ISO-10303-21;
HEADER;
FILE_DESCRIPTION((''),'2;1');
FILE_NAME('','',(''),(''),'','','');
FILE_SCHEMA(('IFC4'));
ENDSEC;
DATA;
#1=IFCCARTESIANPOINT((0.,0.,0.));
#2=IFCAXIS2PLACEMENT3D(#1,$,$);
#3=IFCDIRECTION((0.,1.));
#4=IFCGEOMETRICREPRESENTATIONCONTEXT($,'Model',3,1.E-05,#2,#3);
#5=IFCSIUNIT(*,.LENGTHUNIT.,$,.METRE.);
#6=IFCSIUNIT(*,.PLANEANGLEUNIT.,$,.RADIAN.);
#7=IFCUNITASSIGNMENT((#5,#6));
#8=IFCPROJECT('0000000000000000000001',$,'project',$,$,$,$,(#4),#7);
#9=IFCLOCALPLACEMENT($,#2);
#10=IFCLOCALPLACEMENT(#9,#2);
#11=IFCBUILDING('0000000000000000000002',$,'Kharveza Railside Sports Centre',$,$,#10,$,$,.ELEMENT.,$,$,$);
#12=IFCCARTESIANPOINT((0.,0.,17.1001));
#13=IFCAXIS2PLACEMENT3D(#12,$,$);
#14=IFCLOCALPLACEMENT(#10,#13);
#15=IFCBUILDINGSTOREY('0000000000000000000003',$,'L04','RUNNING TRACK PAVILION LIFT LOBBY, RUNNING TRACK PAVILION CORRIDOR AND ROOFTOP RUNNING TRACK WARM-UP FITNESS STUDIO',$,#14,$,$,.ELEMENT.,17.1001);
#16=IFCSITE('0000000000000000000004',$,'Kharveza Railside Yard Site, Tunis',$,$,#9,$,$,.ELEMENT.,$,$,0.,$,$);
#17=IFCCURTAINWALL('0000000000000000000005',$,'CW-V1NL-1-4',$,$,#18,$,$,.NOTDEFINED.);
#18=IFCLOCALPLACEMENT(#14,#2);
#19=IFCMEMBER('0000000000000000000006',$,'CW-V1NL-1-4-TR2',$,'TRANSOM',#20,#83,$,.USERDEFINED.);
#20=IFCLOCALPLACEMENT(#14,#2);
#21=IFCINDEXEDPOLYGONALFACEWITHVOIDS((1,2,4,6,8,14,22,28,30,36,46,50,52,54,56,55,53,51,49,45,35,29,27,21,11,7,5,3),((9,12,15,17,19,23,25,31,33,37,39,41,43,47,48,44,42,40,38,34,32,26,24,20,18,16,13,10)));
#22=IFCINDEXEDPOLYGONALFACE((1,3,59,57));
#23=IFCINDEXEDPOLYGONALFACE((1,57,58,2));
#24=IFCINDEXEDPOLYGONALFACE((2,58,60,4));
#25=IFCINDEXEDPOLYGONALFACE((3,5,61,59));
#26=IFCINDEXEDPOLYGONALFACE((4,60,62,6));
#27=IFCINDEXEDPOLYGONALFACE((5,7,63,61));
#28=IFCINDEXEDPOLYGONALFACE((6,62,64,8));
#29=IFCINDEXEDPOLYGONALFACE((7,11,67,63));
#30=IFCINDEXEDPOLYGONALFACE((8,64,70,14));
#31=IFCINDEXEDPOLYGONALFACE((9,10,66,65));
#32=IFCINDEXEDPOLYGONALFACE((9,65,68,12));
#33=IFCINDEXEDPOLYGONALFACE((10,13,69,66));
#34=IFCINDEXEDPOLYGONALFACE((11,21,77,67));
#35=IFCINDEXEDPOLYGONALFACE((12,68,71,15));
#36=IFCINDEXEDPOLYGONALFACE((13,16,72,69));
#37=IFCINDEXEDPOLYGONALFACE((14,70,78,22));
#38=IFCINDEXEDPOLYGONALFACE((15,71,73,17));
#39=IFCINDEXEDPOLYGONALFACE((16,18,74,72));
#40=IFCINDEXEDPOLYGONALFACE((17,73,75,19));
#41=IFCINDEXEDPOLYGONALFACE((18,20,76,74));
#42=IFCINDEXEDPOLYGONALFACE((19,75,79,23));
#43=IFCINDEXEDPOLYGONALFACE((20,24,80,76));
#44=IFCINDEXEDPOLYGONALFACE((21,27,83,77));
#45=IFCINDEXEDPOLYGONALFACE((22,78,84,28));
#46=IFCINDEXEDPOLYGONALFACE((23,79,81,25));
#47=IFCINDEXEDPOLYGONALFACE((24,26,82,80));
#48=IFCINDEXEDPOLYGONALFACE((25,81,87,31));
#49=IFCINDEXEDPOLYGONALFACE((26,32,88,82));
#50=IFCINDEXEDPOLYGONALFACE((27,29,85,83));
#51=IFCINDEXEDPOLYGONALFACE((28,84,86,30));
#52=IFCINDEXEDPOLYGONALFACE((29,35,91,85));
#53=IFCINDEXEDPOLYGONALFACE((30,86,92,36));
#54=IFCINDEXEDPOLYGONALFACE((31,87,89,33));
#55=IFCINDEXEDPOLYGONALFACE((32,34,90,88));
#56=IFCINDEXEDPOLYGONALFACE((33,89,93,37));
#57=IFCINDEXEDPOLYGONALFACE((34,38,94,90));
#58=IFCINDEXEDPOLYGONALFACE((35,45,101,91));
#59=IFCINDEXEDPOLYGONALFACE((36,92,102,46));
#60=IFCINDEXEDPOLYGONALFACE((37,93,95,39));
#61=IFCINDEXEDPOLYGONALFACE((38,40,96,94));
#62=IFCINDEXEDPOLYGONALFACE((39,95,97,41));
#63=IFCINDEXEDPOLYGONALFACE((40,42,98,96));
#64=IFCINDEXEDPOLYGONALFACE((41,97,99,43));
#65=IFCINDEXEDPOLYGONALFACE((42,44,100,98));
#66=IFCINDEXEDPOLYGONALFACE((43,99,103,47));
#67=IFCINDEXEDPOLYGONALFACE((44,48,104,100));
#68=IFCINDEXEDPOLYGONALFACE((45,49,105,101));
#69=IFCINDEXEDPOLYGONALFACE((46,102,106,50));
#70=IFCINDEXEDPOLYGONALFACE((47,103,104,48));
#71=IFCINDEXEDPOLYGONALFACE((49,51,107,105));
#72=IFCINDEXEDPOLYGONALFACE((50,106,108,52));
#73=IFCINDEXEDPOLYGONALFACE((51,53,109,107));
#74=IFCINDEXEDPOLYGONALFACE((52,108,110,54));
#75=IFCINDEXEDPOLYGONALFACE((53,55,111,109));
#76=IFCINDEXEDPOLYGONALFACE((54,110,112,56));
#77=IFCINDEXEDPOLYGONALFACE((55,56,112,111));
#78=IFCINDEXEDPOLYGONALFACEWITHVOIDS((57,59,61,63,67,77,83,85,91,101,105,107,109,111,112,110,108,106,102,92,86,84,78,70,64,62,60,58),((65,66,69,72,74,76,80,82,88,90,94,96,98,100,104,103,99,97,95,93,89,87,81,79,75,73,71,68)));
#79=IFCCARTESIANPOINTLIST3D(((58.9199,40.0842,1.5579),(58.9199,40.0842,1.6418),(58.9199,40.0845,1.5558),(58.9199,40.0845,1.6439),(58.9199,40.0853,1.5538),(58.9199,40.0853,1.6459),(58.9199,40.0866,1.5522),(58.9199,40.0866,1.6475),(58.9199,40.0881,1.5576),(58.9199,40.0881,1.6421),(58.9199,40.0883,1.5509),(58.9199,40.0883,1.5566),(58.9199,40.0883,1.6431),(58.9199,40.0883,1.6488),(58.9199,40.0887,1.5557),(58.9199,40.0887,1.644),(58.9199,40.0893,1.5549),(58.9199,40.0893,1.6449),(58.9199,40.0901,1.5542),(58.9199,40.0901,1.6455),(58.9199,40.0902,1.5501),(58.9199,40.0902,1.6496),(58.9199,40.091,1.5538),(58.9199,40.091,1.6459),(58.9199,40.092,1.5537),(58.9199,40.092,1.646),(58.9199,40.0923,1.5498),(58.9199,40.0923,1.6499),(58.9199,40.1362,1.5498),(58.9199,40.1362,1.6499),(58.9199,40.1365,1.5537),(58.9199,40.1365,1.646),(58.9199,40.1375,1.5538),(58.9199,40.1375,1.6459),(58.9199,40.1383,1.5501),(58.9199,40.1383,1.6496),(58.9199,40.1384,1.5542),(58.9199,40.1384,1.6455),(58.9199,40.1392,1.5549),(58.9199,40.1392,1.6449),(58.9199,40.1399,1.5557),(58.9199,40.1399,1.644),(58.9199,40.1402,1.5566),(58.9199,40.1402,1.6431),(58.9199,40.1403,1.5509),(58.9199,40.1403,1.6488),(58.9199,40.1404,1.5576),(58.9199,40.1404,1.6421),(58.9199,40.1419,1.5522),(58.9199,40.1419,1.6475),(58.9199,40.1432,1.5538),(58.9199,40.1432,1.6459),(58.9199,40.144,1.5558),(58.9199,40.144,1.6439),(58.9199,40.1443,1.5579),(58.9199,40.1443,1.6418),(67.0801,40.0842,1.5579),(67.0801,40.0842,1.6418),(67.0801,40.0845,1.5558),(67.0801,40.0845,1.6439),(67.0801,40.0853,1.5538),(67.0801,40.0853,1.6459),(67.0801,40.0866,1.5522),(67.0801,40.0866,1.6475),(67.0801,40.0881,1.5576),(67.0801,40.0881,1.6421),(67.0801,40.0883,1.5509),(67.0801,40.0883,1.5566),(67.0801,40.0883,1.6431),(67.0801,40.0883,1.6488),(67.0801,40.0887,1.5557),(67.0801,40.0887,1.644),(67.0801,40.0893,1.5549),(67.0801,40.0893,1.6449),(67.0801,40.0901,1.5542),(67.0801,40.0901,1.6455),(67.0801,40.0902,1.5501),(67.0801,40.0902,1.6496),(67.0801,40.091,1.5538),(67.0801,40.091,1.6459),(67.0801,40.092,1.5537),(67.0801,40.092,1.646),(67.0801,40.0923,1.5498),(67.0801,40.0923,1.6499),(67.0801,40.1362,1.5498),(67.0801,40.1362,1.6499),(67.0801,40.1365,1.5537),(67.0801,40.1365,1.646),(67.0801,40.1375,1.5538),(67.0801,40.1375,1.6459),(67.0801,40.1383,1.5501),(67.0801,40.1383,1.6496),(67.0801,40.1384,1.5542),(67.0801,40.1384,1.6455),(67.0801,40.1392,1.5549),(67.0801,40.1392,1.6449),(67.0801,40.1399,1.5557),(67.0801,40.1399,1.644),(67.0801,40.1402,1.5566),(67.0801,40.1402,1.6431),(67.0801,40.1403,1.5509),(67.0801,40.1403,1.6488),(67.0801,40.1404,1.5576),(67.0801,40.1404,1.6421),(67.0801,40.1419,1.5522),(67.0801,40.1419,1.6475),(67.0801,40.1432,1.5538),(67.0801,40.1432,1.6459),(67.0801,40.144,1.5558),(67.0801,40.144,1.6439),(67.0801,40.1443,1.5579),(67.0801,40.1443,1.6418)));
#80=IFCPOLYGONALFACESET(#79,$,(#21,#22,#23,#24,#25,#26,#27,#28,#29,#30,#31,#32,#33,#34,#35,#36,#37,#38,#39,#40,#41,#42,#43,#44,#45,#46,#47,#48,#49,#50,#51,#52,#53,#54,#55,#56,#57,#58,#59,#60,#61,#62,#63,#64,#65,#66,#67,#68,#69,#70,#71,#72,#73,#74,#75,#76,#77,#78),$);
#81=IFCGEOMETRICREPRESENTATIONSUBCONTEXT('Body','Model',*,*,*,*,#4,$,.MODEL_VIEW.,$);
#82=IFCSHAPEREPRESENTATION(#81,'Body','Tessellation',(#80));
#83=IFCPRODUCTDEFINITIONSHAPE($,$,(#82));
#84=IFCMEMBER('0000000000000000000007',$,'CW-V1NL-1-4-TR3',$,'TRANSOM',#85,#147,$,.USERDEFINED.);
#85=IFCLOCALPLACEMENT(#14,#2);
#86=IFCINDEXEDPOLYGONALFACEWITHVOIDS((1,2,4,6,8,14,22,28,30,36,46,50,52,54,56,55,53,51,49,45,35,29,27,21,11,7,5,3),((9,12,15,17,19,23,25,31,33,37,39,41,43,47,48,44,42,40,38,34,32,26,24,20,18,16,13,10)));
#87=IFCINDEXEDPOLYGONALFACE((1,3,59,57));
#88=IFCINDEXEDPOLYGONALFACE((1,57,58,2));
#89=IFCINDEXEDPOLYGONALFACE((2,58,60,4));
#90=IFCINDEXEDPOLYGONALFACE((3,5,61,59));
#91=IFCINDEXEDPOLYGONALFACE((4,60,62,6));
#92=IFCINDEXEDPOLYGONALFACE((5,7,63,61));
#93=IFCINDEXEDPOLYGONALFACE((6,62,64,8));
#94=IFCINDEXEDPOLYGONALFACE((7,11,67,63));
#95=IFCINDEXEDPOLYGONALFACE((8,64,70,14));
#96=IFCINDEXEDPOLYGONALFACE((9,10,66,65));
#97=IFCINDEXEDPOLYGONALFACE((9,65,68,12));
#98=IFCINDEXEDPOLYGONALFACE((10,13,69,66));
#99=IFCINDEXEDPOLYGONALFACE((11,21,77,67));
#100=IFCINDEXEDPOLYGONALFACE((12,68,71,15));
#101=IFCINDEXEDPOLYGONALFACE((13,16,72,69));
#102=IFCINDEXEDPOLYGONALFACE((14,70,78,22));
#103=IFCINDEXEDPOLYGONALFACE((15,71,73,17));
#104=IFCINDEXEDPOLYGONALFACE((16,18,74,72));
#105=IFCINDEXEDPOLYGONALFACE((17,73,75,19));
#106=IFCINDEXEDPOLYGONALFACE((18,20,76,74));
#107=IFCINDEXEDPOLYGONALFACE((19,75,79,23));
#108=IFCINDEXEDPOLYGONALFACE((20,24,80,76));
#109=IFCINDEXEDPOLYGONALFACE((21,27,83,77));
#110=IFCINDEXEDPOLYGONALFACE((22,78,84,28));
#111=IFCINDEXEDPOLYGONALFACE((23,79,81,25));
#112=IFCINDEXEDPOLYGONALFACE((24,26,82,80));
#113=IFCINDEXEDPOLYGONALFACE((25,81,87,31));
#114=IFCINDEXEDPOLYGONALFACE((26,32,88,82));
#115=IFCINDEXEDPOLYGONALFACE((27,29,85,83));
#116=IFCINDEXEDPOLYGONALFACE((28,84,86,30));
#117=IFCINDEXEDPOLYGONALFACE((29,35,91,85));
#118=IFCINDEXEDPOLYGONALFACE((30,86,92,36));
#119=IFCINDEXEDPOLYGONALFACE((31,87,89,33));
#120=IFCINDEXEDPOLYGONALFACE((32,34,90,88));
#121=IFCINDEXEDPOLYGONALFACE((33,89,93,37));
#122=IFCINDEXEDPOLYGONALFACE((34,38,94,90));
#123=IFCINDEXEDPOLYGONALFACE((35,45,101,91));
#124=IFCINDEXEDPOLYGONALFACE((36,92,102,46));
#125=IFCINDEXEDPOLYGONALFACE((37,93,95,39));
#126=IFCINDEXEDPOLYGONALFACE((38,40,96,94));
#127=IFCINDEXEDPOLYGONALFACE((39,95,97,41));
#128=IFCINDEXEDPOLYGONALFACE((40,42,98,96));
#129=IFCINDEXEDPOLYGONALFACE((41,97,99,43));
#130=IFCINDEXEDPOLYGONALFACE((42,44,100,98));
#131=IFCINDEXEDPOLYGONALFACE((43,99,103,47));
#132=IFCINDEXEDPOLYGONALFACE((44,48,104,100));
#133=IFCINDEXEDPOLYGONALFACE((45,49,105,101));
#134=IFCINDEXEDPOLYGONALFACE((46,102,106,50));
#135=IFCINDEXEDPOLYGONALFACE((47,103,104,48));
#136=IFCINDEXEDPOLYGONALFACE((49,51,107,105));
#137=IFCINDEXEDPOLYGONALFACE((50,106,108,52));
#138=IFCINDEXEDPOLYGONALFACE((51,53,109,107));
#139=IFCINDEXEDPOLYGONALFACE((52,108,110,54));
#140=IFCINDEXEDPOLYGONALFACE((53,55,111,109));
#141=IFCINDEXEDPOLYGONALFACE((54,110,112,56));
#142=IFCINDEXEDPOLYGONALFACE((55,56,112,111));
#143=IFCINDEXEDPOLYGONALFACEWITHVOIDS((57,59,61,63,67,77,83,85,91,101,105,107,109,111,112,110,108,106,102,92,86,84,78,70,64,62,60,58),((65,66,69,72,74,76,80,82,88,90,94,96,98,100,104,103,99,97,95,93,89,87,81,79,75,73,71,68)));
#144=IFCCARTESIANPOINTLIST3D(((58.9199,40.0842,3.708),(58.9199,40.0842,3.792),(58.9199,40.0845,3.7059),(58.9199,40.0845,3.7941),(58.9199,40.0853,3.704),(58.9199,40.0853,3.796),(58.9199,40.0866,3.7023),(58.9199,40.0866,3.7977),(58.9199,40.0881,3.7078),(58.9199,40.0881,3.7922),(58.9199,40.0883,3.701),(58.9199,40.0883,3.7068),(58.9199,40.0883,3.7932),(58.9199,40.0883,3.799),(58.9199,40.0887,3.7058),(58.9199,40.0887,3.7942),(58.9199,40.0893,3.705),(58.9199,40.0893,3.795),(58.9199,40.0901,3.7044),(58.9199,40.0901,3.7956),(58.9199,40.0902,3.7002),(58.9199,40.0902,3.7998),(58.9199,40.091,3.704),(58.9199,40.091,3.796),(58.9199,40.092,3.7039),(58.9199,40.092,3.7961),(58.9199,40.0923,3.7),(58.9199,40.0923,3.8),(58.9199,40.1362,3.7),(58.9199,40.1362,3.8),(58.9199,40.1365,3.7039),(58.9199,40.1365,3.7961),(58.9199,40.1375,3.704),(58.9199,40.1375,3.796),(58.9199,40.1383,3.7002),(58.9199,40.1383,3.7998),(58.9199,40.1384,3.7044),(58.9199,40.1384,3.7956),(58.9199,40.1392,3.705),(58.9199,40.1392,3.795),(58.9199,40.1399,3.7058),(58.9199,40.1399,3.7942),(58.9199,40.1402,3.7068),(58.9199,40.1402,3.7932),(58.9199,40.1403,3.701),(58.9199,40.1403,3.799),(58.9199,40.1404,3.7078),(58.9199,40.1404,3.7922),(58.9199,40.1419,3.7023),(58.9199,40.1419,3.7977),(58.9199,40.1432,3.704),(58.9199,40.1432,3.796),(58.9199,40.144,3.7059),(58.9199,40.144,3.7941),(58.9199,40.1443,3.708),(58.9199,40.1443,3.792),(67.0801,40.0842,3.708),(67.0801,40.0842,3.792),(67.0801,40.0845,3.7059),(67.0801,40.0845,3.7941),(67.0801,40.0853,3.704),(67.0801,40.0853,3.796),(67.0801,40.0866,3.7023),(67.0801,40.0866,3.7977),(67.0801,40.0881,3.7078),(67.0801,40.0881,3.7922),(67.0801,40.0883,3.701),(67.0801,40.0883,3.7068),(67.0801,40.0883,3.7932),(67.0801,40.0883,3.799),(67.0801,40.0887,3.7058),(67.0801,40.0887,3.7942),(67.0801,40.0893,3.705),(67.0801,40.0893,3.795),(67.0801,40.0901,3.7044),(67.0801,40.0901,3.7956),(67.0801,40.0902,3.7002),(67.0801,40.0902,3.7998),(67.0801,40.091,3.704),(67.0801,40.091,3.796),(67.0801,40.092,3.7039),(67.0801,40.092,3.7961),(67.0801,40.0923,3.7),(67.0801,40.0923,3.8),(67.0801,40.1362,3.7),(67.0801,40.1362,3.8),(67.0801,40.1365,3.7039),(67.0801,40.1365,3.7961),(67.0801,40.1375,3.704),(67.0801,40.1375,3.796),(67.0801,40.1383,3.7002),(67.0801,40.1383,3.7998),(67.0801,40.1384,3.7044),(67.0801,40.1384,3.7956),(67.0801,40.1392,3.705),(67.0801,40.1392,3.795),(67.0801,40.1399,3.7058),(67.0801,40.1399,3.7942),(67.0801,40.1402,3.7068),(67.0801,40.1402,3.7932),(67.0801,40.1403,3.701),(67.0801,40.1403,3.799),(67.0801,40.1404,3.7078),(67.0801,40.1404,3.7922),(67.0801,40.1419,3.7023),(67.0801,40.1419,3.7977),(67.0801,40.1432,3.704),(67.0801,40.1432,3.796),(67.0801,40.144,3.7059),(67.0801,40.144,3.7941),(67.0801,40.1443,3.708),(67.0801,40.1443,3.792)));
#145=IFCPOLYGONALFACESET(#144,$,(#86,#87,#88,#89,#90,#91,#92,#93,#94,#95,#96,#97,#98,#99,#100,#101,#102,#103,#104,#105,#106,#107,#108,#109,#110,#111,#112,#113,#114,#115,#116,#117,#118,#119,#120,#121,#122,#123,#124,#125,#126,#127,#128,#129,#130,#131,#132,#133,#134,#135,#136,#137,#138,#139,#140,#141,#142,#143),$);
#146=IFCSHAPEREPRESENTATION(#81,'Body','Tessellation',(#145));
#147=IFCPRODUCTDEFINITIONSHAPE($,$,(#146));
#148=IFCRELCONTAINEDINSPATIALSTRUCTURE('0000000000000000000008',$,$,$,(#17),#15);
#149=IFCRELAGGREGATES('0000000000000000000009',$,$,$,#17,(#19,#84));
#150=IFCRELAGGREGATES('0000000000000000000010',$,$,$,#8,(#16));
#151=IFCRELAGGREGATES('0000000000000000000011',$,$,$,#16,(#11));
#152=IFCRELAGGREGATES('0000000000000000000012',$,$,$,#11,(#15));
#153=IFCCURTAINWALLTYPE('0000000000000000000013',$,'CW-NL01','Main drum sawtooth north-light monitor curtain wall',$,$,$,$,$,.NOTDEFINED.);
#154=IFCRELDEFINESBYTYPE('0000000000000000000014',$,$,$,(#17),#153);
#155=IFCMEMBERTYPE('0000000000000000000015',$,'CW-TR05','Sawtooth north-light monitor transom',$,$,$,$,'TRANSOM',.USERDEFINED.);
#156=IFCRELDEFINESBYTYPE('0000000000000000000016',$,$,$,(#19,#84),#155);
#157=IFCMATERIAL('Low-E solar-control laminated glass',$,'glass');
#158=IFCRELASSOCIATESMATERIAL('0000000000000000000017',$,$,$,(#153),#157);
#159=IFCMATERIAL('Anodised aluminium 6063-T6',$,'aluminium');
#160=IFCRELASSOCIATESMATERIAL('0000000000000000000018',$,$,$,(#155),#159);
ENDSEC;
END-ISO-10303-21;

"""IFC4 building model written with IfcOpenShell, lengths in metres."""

from ifc_helpers import new_model, si_unit, direction, frame, origin, origin_2d, place, context, subcontext, project, spatial, hollow_rectangle, extrude, material, material_profile, profile_set, type_object, element, aggregate, save


model = new_model("IFC4")

# Units and contexts
model_context = context("Model", 3, precision=1e-05, world=origin(), true_north=direction((0.0, 1.0)))
body_context = subcontext(model_context, "Body", "Model", "MODEL_VIEW")
ifc_project = project(units=[si_unit("LENGTHUNIT", "METRE"), si_unit("PLANEANGLEUNIT", "RADIAN")], contexts=[model_context])

# Site, building, storey
site_placement = place(None, origin())
site = spatial("IfcSite", under=ifc_project, at=site_placement, Name="Kharveza Railside Yard Site, Tunis", CompositionType="ELEMENT", RefElevation=0.0)
building_placement = place(site_placement, origin())
building = spatial("IfcBuilding", under=site, at=building_placement, Name="Kharveza Railside Sports Centre", CompositionType="ELEMENT")
storey_placement = place(building_placement, frame((0.0, 0.0, 17.1001)))
storey = spatial("IfcBuildingStorey", under=building, at=storey_placement, Name="L04", Description="RUNNING TRACK PAVILION LIFT LOBBY, RUNNING TRACK PAVILION CORRIDOR AND ROOFTOP RUNNING TRACK WARM-UP FITNESS STUDIO", CompositionType="ELEMENT", Elevation=17.1001)

# Curtain wall
ifc_material_1 = material(Name="Low-E solar-control laminated glass", Category="glass")
curtain_wall_type = type_object("IfcCurtainWallType", Name="CW-NL01", Description="Main drum sawtooth north-light monitor curtain wall", PredefinedType="NOTDEFINED", material=ifc_material_1)
curtain_wall_1_placement = place(storey_placement, origin())
curtain_wall_1 = element("IfcCurtainWall", 1, at=curtain_wall_1_placement, inside=storey, type_object=curtain_wall_type, Name="CW-V1NL-1-4", PredefinedType="NOTDEFINED")
ifc_material_2 = material(Name="Anodised aluminium 6063-T6", Category="aluminium")

# Members
ifc_material_profile_1 = material_profile(ifc_material_2, hollow_rectangle(XDim=0.0601, YDim=0.1001, WallThickness=0.0039, InnerFilletRadius=0.0039, OuterFilletRadius=0.0081, at=origin_2d()), Name="RHS 60x100x4.0")
ifc_profile_set_1 = profile_set([ifc_material_profile_1], Name="Anodised aluminium 6063-T6")
member_type_1 = type_object("IfcMemberType", Name="CW-TR05", Description="Sawtooth north-light monitor transom", ElementType="TRANSOM", PredefinedType="USERDEFINED", material=ifc_profile_set_1)
member_1_placement = place(storey_placement, frame((58.9199, 40.1143, 1.5999), z_axis=(1.0, 0.0, 0.0), x_axis=(0.0, 1.0, 0.0)))
member_1 = element("IfcMember", 2, at=member_1_placement, type_object=member_type_1, Name="CW-V1NL-1-4-TR2", ObjectType="TRANSOM", PredefinedType="USERDEFINED", context=body_context, shape_type="SweptSolid", body=[
    extrude(hollow_rectangle(XDim=0.0601, YDim=0.1001, WallThickness=0.0039, InnerFilletRadius=0.0039, OuterFilletRadius=0.0081, at=origin_2d()), origin(), (0.0, 0.0, 1.0), 8.1602),
])
member_2_placement = place(storey_placement, frame((58.9199, 40.1143, 3.75), z_axis=(1.0, 0.0, 0.0), x_axis=(0.0, 1.0, 0.0)))
member_2 = element("IfcMember", 3, at=member_2_placement, type_object=member_type_1, Name="CW-V1NL-1-4-TR3", ObjectType="TRANSOM", PredefinedType="USERDEFINED", context=body_context, shape_type="SweptSolid", body=[
    extrude(hollow_rectangle(XDim=0.0601, YDim=0.1001, WallThickness=0.0039, InnerFilletRadius=0.0039, OuterFilletRadius=0.0081, at=origin_2d()), origin(), (0.0, 0.0, 1.0), 8.1602),
])

aggregate(curtain_wall_1, [member_1, member_2])

save(model, "model.ifc")
